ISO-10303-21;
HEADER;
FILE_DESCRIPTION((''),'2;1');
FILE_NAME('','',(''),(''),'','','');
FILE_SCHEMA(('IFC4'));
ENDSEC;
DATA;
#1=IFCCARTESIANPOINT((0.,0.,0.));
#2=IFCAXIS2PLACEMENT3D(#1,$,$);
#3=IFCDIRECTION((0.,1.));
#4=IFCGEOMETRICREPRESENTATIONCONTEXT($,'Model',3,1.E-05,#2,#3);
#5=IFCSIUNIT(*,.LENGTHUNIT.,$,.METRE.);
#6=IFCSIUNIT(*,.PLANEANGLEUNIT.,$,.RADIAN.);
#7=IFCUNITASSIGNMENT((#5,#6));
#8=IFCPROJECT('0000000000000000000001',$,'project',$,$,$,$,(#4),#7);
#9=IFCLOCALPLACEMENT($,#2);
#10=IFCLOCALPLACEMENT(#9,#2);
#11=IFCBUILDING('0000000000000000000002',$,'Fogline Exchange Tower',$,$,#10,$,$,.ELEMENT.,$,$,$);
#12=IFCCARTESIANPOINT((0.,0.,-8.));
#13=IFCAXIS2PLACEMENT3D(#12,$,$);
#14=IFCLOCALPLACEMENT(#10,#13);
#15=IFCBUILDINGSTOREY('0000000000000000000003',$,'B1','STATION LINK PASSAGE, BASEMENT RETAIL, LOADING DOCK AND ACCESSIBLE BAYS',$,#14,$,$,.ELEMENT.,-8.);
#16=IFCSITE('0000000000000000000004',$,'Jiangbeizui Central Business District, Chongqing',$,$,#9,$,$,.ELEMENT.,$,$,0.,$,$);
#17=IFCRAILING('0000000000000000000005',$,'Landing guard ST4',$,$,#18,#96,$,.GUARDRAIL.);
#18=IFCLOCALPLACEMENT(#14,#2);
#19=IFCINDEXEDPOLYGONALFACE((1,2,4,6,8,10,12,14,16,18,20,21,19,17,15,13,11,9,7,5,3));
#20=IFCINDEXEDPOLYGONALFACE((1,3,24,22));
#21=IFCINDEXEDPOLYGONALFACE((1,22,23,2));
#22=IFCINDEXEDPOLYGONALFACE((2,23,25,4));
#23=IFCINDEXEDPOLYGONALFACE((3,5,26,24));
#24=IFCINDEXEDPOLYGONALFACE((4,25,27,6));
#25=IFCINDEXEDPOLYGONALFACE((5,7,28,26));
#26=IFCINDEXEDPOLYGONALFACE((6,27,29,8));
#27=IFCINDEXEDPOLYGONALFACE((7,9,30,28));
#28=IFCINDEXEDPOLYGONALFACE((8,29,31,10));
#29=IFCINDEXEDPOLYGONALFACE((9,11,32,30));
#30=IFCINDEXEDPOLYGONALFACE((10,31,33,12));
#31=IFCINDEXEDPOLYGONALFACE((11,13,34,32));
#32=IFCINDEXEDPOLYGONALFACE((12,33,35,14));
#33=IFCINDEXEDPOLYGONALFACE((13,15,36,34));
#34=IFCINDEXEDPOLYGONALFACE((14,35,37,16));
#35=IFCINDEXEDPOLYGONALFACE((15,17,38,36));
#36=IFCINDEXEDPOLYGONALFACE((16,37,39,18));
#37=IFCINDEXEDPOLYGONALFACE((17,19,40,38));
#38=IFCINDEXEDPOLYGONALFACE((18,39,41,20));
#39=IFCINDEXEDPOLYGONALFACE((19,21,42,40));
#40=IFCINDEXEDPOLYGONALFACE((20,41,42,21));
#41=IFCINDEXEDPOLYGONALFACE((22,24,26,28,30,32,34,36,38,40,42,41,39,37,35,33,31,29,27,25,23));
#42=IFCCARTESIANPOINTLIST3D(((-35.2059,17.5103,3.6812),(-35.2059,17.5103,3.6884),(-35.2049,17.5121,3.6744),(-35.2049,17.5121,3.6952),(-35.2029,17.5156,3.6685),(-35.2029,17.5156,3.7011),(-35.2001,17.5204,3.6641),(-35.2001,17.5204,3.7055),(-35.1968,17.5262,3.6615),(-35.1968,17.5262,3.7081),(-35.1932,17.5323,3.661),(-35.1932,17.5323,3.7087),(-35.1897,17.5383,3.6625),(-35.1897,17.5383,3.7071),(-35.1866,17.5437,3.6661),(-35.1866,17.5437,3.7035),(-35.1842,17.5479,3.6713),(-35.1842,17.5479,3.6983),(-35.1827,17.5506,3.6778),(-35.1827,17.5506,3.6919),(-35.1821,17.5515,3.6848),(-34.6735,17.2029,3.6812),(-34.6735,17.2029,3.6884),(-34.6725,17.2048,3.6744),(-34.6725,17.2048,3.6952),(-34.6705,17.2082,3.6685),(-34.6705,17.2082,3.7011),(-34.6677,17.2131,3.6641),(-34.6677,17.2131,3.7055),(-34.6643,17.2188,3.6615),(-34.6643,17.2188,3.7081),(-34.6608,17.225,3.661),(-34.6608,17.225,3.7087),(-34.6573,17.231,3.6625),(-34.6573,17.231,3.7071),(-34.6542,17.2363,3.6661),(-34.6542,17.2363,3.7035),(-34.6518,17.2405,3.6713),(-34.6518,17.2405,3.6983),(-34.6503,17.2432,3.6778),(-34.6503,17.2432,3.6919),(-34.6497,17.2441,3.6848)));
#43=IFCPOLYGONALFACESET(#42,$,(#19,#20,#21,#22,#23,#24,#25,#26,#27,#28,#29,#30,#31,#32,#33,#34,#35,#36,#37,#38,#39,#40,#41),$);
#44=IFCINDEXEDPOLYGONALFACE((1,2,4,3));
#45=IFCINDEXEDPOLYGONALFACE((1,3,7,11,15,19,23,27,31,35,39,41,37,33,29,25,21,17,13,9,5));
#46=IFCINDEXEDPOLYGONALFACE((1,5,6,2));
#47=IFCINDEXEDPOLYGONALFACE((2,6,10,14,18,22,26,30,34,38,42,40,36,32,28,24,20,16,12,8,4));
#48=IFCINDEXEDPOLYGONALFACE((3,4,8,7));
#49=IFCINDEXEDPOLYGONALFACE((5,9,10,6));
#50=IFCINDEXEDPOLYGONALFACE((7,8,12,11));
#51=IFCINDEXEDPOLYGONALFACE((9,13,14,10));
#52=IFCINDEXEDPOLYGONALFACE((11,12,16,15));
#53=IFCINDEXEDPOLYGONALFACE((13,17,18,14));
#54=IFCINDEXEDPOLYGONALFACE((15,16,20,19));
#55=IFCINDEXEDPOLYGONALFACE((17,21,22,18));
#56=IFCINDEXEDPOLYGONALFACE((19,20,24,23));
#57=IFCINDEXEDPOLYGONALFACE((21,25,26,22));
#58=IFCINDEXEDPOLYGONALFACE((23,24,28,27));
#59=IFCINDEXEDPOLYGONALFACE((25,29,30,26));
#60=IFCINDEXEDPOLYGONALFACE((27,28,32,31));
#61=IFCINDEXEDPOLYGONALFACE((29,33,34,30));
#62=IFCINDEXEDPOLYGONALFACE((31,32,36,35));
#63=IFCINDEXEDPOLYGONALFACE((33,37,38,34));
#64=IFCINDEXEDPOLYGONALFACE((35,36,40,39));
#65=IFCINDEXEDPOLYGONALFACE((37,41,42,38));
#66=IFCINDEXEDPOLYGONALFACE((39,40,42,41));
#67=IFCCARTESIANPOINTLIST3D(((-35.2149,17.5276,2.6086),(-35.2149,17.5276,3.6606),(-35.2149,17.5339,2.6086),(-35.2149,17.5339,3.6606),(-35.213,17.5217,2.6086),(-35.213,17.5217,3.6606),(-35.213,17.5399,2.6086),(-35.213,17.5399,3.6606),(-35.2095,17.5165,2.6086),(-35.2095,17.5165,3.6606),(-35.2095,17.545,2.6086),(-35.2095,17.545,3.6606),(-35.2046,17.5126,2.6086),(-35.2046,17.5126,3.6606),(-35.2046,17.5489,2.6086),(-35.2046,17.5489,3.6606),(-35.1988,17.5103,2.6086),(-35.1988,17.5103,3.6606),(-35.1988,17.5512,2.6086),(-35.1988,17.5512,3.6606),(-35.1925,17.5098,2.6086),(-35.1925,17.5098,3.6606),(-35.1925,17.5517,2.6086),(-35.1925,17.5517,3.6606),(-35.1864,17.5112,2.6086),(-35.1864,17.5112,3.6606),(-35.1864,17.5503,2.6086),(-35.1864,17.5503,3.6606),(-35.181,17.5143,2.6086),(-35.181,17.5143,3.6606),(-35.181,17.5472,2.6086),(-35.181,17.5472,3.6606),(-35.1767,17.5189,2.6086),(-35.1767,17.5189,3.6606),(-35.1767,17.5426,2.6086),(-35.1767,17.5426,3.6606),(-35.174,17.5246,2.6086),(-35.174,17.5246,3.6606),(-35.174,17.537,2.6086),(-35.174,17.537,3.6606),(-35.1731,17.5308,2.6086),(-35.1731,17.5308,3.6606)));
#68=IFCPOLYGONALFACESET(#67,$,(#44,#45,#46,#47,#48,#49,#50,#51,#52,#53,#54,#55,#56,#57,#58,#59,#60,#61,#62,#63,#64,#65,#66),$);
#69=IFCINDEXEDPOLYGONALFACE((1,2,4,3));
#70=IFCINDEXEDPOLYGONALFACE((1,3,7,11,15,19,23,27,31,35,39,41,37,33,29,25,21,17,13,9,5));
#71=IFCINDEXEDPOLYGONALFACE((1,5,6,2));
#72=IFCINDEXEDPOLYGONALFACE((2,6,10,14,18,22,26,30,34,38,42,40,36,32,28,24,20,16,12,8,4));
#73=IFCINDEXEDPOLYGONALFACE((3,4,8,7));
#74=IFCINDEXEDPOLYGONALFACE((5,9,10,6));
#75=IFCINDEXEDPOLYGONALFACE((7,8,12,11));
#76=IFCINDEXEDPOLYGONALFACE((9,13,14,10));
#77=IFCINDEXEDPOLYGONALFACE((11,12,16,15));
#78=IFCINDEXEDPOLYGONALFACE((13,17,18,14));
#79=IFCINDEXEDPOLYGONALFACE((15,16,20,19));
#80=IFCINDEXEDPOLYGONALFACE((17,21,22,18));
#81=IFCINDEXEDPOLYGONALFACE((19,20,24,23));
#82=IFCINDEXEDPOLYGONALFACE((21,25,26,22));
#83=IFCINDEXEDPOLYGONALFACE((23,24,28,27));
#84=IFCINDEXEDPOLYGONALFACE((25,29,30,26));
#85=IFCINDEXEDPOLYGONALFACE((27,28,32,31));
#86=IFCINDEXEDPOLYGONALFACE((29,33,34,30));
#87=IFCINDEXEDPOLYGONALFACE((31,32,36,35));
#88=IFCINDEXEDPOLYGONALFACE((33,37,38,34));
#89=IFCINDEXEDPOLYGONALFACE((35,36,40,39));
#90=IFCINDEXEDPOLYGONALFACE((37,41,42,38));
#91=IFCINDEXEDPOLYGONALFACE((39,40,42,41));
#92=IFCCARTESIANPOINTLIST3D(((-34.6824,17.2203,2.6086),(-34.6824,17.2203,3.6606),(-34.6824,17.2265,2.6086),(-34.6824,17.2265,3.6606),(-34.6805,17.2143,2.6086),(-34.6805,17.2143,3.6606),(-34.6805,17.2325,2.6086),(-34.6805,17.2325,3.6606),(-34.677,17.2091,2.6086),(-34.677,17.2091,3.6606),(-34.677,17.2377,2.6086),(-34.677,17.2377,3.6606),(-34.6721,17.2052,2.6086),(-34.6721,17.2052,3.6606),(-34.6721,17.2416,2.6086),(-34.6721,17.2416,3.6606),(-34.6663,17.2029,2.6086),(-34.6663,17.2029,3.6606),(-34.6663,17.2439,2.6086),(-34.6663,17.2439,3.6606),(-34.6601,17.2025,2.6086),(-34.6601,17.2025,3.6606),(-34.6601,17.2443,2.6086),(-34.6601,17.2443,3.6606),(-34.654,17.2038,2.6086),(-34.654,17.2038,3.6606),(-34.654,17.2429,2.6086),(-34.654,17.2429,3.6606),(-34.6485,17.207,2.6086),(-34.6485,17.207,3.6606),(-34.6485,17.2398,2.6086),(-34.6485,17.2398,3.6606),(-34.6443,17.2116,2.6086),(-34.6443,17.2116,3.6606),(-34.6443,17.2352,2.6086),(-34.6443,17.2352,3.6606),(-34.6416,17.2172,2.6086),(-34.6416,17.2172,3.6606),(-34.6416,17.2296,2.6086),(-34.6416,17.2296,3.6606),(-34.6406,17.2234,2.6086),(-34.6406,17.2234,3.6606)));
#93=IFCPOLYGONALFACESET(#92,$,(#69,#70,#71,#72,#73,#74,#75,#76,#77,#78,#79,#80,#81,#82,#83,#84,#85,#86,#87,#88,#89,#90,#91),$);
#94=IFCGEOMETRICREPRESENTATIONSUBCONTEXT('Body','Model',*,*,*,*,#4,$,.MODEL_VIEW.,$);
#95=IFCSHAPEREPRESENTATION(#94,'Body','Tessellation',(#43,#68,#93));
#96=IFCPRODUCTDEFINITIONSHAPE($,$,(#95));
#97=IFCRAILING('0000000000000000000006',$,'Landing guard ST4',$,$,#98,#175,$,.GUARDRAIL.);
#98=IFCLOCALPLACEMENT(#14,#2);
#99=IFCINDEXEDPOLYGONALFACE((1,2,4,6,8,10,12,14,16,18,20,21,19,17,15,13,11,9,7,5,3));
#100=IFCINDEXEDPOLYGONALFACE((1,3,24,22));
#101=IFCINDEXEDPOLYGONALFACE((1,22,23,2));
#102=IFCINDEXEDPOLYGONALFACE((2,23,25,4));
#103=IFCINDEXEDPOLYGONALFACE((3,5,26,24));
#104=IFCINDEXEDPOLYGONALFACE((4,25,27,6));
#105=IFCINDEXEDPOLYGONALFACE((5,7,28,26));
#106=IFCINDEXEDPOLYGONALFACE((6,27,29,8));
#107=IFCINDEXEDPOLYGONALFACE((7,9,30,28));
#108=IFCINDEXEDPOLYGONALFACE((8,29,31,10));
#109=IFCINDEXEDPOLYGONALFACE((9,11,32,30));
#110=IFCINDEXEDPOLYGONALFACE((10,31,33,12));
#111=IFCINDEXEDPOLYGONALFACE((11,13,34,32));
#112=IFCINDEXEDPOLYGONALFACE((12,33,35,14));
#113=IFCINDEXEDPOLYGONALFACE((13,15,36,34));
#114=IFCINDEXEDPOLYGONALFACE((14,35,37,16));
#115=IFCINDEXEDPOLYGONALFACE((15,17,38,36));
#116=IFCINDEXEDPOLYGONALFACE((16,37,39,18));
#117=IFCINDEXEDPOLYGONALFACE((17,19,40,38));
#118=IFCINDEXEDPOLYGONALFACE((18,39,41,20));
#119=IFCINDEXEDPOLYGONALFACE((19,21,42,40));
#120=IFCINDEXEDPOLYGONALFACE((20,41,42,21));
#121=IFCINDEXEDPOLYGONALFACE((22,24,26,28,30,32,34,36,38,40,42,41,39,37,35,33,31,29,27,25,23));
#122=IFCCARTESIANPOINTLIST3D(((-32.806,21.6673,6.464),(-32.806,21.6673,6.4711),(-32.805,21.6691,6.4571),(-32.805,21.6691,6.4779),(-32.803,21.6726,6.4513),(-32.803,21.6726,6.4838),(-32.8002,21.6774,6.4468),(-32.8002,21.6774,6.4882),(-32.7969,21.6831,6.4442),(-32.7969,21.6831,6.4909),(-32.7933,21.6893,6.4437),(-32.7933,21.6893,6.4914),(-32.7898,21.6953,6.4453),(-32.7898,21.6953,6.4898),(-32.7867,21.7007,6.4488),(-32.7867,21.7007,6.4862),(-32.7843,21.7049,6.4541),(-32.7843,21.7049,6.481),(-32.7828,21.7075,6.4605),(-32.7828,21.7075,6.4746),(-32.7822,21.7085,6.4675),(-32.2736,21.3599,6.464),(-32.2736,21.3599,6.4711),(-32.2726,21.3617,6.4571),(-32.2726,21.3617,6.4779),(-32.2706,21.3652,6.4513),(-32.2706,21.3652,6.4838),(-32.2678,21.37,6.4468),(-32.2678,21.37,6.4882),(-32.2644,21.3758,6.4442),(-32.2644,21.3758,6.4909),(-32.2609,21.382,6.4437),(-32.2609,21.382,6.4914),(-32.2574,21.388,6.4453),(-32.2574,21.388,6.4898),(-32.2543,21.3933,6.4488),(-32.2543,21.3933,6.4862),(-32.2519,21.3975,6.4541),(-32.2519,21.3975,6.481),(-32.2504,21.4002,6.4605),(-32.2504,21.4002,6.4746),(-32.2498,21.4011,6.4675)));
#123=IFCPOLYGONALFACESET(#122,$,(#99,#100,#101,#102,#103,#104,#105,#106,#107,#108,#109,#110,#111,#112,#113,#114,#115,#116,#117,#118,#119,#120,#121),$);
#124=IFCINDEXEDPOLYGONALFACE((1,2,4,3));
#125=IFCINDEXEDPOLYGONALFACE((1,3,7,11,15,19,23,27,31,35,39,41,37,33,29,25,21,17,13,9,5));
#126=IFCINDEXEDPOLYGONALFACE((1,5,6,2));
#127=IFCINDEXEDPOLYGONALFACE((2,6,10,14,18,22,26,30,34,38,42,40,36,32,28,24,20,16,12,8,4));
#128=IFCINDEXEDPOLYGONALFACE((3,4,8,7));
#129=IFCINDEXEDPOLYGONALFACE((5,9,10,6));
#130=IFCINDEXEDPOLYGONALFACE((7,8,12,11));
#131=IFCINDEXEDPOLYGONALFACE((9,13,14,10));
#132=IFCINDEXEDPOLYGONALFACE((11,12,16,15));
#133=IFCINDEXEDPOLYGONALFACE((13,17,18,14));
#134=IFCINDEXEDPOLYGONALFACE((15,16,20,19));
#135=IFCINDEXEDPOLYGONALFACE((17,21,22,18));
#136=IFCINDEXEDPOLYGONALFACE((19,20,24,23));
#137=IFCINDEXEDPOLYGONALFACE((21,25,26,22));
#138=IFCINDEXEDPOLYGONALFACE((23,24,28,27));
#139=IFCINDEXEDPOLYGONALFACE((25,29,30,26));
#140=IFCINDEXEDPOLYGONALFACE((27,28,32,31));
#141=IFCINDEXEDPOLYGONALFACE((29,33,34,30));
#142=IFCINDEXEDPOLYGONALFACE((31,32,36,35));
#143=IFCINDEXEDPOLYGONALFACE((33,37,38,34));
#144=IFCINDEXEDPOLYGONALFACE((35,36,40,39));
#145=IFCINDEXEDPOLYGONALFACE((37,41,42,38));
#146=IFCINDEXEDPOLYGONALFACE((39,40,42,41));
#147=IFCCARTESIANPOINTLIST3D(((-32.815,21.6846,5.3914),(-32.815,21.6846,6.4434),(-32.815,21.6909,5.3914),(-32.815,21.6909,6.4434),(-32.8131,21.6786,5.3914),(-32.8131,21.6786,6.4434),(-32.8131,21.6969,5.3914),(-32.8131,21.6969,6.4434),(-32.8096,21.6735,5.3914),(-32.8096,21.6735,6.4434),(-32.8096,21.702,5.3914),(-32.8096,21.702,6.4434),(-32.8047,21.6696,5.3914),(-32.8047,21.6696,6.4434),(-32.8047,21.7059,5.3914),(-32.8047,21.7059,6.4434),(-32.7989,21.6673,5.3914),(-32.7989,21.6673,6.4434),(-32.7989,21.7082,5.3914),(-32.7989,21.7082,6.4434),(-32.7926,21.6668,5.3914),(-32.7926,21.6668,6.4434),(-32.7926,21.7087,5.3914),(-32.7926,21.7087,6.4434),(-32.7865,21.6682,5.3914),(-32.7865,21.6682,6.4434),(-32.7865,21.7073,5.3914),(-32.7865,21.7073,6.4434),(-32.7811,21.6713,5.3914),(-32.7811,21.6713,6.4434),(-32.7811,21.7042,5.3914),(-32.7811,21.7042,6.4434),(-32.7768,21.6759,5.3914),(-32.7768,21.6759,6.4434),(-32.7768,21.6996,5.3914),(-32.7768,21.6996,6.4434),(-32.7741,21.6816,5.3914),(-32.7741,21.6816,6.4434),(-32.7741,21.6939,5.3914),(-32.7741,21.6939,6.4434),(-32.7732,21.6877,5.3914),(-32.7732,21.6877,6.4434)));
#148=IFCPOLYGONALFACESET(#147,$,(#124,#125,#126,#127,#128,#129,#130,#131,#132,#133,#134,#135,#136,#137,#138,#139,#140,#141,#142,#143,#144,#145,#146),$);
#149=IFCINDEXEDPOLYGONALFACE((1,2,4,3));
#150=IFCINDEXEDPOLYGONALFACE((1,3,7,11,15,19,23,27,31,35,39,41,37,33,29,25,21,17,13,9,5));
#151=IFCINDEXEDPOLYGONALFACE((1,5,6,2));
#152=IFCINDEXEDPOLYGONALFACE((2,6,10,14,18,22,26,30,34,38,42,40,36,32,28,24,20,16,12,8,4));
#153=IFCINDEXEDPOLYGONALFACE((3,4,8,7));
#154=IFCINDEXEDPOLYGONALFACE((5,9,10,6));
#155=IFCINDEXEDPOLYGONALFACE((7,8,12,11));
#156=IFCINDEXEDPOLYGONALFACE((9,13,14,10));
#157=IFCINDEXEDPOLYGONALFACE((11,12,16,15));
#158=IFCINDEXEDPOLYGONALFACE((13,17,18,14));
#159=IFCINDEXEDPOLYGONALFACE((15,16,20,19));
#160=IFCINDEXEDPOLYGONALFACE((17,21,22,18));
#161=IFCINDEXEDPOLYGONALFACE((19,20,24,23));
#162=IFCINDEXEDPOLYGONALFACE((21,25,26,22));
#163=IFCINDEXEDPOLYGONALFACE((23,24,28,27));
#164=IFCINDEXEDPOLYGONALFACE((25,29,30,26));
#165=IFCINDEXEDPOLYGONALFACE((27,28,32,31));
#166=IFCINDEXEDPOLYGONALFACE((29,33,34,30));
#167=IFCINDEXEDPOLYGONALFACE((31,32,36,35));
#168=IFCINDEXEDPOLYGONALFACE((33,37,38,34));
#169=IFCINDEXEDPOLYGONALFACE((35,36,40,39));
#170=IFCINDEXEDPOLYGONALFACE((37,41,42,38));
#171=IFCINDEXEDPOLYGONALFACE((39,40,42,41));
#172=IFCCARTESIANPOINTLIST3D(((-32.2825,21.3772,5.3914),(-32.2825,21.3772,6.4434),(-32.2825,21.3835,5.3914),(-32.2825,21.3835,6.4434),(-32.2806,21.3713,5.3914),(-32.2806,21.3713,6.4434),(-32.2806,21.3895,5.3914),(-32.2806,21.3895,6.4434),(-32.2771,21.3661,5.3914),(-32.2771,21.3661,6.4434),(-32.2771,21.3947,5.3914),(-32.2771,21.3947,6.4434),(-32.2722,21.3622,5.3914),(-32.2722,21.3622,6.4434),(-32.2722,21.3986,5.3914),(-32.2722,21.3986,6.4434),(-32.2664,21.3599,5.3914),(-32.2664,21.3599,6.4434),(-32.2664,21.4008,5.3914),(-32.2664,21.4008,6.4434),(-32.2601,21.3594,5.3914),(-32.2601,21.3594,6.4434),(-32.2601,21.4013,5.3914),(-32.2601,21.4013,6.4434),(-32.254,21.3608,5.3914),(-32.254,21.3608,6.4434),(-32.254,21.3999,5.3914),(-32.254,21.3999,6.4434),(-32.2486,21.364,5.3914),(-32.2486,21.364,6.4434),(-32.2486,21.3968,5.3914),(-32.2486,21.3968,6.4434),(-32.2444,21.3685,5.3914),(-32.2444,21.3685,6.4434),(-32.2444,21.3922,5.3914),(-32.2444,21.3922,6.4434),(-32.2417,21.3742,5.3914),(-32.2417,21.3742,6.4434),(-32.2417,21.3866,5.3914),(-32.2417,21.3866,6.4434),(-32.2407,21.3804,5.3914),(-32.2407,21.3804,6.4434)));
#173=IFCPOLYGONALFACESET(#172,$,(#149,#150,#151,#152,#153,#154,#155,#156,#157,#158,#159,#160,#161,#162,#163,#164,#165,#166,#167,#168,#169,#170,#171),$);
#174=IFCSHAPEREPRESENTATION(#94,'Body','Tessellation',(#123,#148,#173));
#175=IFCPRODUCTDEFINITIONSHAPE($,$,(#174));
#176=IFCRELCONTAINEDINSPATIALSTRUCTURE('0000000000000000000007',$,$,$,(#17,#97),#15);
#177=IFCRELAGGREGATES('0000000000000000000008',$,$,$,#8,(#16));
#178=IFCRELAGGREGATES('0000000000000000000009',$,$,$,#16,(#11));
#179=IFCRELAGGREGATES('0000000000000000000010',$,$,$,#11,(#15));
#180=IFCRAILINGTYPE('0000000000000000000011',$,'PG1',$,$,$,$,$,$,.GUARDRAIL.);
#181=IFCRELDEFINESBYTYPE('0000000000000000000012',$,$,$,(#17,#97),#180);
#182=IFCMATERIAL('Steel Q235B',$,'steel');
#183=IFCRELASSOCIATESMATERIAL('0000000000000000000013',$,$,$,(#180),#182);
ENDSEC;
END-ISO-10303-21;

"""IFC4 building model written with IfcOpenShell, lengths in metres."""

from ifc_helpers import new_model, si_unit, direction, frame, origin, origin_2d, place, context, subcontext, project, spatial, circle, extrude, material, type_object, element, save


model = new_model("IFC4")

# Units and contexts
model_context = context("Model", 3, precision=1e-05, world=origin(), true_north=direction((0.0, 1.0)))
body_context = subcontext(model_context, "Body", "Model", "MODEL_VIEW")
ifc_project = project(units=[si_unit("LENGTHUNIT", "METRE"), si_unit("PLANEANGLEUNIT", "RADIAN")], contexts=[model_context])

# Site, building, storey
site_placement = place(None, origin())
site = spatial("IfcSite", under=ifc_project, at=site_placement, Name="Jiangbeizui Central Business District, Chongqing", CompositionType="ELEMENT", RefElevation=0.0)
building_placement = place(site_placement, origin())
building = spatial("IfcBuilding", under=site, at=building_placement, Name="Fogline Exchange Tower", CompositionType="ELEMENT")
storey_placement = place(building_placement, frame((0.0, 0.0, -8.0)))
storey = spatial("IfcBuildingStorey", under=building, at=storey_placement, Name="B1", Description="STATION LINK PASSAGE, BASEMENT RETAIL, LOADING DOCK AND ACCESSIBLE BAYS", CompositionType="ELEMENT", Elevation=-8.0)

# Shared definitions
ifc_material_1 = material(Name="Steel Q235B", Category="steel")

# Railings
railing_type_1 = type_object("IfcRailingType", Name="PG1", PredefinedType="GUARDRAIL", material=ifc_material_1)
for number, where, name in (
    (1, (-35.1941, 17.5308, 2.6086), "Landing guard ST4"),
    (2, (-32.7942, 21.6877, 5.3914), "Landing guard ST4"),
):
    element("IfcRailing", number, at=place(storey_placement, frame(where)), inside=storey, type_object=railing_type_1, Name=name, PredefinedType="GUARDRAIL", context=body_context, shape_type="SweptSolid", body=[
        extrude(circle(Radius=0.0239, at=origin_2d()), frame((0.0, 0.0, 1.0762), z_axis=(0.86606, -0.49994, 0.0), x_axis=(0.49994, 0.86606, 0.0)), (0.0, 0.0, 1.0), 0.6147),
        extrude(circle(Radius=0.021, at=origin_2d()), origin(), (0.0, 0.0, 1.0), 1.052),
        extrude(circle(Radius=0.021, at=origin_2d()), frame((0.5325, -0.3074, 0.0)), (0.0, 0.0, 1.0), 1.052),
    ])

save(model, "model.ifc")
